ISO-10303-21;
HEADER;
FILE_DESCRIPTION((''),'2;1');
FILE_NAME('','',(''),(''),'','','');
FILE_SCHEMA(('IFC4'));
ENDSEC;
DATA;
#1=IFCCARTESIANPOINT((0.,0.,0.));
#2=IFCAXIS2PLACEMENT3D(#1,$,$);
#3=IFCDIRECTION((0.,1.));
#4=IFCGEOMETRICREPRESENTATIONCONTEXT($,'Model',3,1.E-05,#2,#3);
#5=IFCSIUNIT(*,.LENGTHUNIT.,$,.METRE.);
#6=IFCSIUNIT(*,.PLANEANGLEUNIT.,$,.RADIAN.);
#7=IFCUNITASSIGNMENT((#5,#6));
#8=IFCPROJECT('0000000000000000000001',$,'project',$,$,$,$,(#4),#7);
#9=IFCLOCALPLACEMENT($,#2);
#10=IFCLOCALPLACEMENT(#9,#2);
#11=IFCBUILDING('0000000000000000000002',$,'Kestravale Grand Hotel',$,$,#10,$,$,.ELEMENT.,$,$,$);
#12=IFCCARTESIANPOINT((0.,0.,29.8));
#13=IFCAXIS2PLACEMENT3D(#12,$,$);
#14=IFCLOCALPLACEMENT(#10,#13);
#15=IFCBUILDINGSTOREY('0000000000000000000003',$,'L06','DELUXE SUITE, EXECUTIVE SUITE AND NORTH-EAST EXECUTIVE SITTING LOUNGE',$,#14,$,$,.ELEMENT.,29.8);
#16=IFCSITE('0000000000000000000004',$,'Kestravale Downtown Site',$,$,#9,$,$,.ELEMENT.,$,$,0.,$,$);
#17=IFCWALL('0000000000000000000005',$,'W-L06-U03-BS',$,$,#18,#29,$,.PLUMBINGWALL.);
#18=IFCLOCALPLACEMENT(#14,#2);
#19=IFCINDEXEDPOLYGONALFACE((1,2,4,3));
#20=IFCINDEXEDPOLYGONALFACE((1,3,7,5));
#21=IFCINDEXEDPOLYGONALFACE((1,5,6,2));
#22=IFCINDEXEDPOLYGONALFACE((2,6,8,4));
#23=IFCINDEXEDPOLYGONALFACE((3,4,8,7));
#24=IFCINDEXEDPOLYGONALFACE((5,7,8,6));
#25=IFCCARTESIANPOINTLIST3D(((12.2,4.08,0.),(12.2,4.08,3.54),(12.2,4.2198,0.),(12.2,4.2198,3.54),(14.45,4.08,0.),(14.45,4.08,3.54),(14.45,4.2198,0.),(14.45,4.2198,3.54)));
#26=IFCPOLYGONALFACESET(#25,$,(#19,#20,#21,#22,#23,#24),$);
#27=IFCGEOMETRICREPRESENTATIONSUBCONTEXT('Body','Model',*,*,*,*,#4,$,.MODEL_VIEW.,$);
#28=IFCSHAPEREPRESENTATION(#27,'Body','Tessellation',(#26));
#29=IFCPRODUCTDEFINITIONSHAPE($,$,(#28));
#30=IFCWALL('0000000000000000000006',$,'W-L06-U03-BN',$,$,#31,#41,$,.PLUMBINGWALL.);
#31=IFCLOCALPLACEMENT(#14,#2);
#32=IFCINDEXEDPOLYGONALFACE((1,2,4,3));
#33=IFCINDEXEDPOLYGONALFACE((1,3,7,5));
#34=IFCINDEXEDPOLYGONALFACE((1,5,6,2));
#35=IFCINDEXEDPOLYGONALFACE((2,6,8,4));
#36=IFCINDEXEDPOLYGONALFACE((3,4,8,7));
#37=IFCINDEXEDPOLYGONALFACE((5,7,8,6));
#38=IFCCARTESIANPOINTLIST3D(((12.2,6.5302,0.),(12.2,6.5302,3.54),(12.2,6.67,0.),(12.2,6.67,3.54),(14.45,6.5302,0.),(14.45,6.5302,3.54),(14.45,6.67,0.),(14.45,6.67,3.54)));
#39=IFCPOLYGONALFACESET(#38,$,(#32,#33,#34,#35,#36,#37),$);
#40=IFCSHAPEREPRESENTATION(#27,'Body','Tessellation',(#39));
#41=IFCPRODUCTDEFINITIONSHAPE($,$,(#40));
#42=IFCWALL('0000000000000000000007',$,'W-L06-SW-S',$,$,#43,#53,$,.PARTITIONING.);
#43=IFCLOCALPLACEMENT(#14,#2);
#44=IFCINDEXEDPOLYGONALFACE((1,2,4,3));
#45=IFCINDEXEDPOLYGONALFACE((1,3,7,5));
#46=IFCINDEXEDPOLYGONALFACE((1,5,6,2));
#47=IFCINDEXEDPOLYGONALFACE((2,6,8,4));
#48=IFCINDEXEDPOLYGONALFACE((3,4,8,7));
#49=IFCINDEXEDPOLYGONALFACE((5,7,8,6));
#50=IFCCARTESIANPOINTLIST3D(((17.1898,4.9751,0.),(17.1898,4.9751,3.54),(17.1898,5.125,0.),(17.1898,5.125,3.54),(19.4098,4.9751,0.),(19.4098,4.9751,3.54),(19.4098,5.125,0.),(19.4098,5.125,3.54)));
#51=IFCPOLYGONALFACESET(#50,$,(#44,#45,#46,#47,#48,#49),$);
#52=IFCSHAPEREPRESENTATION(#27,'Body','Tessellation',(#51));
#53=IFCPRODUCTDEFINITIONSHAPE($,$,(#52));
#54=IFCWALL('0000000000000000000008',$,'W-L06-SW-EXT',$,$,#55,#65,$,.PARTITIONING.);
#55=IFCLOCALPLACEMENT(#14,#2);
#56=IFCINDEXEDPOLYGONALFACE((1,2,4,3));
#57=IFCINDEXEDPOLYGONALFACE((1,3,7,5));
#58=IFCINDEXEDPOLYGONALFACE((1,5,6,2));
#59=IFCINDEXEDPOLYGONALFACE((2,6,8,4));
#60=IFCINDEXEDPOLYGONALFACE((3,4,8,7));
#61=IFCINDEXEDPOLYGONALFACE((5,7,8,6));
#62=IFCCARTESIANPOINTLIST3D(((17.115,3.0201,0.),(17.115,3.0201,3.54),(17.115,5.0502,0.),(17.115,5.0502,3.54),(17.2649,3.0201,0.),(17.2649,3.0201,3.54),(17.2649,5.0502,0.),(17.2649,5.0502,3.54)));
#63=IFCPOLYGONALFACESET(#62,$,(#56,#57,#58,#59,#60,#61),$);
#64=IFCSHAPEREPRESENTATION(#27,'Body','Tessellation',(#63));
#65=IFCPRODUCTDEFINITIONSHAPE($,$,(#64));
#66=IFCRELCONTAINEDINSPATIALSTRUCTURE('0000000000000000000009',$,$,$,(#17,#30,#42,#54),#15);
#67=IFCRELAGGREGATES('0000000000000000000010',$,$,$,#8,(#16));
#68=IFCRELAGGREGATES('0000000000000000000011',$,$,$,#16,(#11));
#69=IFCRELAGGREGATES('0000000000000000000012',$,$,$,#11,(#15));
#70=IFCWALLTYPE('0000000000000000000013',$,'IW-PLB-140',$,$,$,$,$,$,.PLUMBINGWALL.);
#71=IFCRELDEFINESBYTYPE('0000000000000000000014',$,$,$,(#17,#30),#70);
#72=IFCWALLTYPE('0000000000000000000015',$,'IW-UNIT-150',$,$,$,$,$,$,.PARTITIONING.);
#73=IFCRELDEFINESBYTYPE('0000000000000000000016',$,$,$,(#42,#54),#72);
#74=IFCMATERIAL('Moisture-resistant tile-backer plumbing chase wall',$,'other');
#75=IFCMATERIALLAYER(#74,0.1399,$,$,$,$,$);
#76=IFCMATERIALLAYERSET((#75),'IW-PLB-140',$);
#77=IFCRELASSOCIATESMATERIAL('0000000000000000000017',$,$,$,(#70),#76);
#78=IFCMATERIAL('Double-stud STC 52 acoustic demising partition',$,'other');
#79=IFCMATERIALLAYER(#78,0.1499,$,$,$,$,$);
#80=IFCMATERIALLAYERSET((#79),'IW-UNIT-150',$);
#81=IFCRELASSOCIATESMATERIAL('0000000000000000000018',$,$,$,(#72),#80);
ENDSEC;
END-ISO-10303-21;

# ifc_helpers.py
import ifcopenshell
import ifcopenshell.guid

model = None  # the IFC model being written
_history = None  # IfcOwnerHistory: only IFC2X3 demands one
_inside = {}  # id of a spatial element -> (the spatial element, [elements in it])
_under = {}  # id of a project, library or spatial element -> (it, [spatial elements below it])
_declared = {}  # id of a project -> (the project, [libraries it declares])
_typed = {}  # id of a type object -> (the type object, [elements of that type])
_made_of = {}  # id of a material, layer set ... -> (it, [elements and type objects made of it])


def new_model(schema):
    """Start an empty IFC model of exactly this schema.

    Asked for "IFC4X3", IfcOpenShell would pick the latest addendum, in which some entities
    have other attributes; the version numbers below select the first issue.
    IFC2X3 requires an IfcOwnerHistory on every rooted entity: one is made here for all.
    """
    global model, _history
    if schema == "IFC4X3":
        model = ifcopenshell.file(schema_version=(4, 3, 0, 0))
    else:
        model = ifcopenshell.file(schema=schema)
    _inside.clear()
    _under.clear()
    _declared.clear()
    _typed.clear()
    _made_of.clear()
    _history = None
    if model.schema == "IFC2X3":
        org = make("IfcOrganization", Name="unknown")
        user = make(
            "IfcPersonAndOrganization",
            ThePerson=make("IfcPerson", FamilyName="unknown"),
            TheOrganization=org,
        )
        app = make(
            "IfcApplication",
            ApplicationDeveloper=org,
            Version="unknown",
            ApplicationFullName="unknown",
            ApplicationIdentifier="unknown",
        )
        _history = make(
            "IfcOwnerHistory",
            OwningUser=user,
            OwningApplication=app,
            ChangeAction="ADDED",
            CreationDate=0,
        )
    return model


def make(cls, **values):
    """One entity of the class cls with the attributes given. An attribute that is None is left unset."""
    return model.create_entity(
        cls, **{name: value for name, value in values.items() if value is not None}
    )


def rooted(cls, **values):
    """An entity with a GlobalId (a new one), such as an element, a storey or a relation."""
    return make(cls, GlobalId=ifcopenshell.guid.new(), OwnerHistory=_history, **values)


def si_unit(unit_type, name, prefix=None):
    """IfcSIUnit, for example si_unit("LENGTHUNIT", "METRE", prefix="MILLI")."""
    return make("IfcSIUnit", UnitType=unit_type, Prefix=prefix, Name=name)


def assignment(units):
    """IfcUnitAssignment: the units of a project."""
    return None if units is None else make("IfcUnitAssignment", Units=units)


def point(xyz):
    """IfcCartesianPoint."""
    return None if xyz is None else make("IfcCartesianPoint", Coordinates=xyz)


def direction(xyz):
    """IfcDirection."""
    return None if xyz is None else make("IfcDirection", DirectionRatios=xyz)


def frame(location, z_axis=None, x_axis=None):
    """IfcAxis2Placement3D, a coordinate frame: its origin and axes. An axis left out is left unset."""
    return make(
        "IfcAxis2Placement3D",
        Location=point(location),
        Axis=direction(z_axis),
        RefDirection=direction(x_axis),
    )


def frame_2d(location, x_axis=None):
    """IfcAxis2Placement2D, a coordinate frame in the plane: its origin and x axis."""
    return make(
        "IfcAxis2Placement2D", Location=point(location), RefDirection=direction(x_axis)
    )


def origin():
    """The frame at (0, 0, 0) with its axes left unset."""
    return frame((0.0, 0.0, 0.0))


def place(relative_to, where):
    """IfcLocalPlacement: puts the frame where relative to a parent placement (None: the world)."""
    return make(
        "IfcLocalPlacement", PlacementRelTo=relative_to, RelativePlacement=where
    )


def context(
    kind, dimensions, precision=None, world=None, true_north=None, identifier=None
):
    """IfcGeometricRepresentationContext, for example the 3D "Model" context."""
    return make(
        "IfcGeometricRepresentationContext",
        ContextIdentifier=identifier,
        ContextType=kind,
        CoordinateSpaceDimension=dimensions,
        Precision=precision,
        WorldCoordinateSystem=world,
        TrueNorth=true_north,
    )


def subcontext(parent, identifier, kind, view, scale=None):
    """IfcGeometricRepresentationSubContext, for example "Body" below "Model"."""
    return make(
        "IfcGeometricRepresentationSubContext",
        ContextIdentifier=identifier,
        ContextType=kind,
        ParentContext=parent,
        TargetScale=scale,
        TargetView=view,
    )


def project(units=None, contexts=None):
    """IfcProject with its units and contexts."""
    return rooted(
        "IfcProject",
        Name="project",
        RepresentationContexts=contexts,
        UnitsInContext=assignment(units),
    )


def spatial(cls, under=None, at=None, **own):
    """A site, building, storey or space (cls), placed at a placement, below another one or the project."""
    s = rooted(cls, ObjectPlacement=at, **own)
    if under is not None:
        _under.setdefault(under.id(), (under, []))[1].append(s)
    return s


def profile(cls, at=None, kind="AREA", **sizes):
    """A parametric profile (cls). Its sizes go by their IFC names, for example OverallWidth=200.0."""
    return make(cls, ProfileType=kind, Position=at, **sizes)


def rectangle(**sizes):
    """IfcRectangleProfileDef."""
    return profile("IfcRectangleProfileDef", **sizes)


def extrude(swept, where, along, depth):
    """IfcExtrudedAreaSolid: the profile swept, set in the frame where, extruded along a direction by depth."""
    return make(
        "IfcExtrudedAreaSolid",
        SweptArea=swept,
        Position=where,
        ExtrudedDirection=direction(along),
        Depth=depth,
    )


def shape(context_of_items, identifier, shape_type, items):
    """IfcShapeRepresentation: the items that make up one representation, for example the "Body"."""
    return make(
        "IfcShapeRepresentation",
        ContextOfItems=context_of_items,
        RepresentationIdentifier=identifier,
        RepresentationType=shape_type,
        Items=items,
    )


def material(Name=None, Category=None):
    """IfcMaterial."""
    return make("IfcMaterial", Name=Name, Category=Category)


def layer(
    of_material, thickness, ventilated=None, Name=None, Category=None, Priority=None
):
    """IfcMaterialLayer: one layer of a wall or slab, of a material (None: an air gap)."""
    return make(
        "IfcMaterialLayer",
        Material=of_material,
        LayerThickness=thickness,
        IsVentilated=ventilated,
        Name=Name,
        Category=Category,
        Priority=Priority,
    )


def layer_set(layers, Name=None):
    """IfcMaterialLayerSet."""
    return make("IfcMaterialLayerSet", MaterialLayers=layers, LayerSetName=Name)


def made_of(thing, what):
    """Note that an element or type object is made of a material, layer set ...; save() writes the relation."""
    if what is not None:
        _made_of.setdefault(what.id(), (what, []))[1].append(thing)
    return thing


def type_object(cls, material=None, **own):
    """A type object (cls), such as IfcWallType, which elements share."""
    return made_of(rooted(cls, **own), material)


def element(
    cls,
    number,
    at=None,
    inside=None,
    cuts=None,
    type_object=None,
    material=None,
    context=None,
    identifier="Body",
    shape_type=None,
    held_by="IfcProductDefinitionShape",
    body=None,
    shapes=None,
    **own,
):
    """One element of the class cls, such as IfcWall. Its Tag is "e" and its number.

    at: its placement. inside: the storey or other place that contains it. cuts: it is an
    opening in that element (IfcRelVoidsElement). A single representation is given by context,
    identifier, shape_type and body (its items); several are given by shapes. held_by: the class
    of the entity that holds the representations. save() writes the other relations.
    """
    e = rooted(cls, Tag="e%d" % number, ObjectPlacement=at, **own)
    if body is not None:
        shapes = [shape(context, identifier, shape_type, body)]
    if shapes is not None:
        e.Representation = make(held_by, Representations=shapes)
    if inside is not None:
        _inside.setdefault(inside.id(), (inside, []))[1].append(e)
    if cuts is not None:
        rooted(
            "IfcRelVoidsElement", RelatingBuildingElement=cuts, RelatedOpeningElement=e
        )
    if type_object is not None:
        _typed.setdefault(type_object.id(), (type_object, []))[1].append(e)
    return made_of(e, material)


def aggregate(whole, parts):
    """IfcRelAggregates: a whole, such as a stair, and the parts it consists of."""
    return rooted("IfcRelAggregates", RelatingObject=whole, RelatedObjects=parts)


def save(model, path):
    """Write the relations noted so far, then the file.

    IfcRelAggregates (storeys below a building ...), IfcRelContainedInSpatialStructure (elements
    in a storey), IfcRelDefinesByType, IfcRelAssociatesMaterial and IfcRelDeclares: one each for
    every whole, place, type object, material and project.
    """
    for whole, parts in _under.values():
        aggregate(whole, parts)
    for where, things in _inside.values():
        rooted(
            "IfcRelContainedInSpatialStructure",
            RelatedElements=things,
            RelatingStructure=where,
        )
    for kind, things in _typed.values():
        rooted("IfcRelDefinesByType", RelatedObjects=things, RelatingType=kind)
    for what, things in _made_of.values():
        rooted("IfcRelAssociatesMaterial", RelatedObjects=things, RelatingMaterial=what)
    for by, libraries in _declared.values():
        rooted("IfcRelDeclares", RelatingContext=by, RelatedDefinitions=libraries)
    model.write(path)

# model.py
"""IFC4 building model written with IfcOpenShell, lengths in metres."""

from ifc_helpers import new_model, si_unit, direction, frame, frame_2d, origin, place, context, subcontext, project, spatial, rectangle, extrude, material, layer, layer_set, type_object, element, save


model = new_model("IFC4")

# Units and contexts
model_context = context("Model", 3, precision=1e-05, world=origin(), true_north=direction((0.0, 1.0)))
body_context = subcontext(model_context, "Body", "Model", "MODEL_VIEW")
ifc_project = project(units=[si_unit("LENGTHUNIT", "METRE"), si_unit("PLANEANGLEUNIT", "RADIAN")], contexts=[model_context])

# Site, building, storey
site_placement = place(None, origin())
site = spatial("IfcSite", under=ifc_project, at=site_placement, Name="Kestravale Downtown Site", CompositionType="ELEMENT", RefElevation=0.0)
building_placement = place(site_placement, origin())
building = spatial("IfcBuilding", under=site, at=building_placement, Name="Kestravale Grand Hotel", CompositionType="ELEMENT")
storey_placement = place(building_placement, frame((0.0, 0.0, 29.8)))
storey = spatial("IfcBuildingStorey", under=building, at=storey_placement, Name="L06", Description="DELUXE SUITE, EXECUTIVE SUITE AND NORTH-EAST EXECUTIVE SITTING LOUNGE", CompositionType="ELEMENT", Elevation=29.8)

# Shared definitions
ifc_material_1 = material(Name="Moisture-resistant tile-backer plumbing chase wall", Category="other")
ifc_layer_1 = layer(ifc_material_1, 0.1399)
ifc_layer_set_1 = layer_set([ifc_layer_1], Name="IW-PLB-140")
wall_type_1 = type_object("IfcWallType", Name="IW-PLB-140", PredefinedType="PLUMBINGWALL", material=ifc_layer_set_1)

# Walls
for number, where, z_axis, x_axis, name in (
    (1, (12.2, 4.1499, 0.0), (0.0, 0.0, 1.0), (1.0, 0.0, 0.0), "W-L06-U03-BS"),
    (2, (12.2, 6.6001, 0.0), (0.0, 0.0, 1.0), (1.0, 0.0, 0.0), "W-L06-U03-BN"),
):
    element("IfcWall", number, at=place(storey_placement, frame(where, z_axis=z_axis, x_axis=x_axis)), inside=storey, type_object=wall_type_1, Name=name, PredefinedType="PLUMBINGWALL", context=body_context, shape_type="SweptSolid", body=[
        extrude(rectangle(XDim=2.25, YDim=0.1399, at=frame_2d((1.125, 0.0))), origin(), (0.0, 0.0, 1.0), 3.54),
    ])
ifc_material_2 = material(Name="Double-stud STC 52 acoustic demising partition", Category="other")
ifc_layer_2 = layer(ifc_material_2, 0.1499)
ifc_layer_set_2 = layer_set([ifc_layer_2], Name="IW-UNIT-150")
wall_type_2 = type_object("IfcWallType", Name="IW-UNIT-150", PredefinedType="PARTITIONING", material=ifc_layer_set_2)
wall_1_placement = place(storey_placement, frame((17.1899, 5.05, 0.0), z_axis=(0.0, 0.0, 1.0), x_axis=(1.0, 0.0, 0.0)))
element("IfcWall", 3, at=wall_1_placement, inside=storey, type_object=wall_type_2, Name="W-L06-SW-S", PredefinedType="PARTITIONING", context=body_context, shape_type="SweptSolid", body=[
    extrude(rectangle(XDim=2.22, YDim=0.1499, at=frame_2d((1.1099, 0.0))), origin(), (0.0, 0.0, 1.0), 3.54),
])
wall_2_placement = place(storey_placement, frame((17.1899, 3.02, 0.0), z_axis=(0.0, 0.0, 1.0), x_axis=(0.0, 1.0, 0.0)))
element("IfcWall", 4, at=wall_2_placement, inside=storey, type_object=wall_type_2, Name="W-L06-SW-EXT", PredefinedType="PARTITIONING", context=body_context, shape_type="SweptSolid", body=[
    extrude(rectangle(XDim=2.03, YDim=0.1499, at=frame_2d((1.0151, 0.0))), origin(), (0.0, 0.0, 1.0), 3.54),
])

save(model, "model.ifc")
